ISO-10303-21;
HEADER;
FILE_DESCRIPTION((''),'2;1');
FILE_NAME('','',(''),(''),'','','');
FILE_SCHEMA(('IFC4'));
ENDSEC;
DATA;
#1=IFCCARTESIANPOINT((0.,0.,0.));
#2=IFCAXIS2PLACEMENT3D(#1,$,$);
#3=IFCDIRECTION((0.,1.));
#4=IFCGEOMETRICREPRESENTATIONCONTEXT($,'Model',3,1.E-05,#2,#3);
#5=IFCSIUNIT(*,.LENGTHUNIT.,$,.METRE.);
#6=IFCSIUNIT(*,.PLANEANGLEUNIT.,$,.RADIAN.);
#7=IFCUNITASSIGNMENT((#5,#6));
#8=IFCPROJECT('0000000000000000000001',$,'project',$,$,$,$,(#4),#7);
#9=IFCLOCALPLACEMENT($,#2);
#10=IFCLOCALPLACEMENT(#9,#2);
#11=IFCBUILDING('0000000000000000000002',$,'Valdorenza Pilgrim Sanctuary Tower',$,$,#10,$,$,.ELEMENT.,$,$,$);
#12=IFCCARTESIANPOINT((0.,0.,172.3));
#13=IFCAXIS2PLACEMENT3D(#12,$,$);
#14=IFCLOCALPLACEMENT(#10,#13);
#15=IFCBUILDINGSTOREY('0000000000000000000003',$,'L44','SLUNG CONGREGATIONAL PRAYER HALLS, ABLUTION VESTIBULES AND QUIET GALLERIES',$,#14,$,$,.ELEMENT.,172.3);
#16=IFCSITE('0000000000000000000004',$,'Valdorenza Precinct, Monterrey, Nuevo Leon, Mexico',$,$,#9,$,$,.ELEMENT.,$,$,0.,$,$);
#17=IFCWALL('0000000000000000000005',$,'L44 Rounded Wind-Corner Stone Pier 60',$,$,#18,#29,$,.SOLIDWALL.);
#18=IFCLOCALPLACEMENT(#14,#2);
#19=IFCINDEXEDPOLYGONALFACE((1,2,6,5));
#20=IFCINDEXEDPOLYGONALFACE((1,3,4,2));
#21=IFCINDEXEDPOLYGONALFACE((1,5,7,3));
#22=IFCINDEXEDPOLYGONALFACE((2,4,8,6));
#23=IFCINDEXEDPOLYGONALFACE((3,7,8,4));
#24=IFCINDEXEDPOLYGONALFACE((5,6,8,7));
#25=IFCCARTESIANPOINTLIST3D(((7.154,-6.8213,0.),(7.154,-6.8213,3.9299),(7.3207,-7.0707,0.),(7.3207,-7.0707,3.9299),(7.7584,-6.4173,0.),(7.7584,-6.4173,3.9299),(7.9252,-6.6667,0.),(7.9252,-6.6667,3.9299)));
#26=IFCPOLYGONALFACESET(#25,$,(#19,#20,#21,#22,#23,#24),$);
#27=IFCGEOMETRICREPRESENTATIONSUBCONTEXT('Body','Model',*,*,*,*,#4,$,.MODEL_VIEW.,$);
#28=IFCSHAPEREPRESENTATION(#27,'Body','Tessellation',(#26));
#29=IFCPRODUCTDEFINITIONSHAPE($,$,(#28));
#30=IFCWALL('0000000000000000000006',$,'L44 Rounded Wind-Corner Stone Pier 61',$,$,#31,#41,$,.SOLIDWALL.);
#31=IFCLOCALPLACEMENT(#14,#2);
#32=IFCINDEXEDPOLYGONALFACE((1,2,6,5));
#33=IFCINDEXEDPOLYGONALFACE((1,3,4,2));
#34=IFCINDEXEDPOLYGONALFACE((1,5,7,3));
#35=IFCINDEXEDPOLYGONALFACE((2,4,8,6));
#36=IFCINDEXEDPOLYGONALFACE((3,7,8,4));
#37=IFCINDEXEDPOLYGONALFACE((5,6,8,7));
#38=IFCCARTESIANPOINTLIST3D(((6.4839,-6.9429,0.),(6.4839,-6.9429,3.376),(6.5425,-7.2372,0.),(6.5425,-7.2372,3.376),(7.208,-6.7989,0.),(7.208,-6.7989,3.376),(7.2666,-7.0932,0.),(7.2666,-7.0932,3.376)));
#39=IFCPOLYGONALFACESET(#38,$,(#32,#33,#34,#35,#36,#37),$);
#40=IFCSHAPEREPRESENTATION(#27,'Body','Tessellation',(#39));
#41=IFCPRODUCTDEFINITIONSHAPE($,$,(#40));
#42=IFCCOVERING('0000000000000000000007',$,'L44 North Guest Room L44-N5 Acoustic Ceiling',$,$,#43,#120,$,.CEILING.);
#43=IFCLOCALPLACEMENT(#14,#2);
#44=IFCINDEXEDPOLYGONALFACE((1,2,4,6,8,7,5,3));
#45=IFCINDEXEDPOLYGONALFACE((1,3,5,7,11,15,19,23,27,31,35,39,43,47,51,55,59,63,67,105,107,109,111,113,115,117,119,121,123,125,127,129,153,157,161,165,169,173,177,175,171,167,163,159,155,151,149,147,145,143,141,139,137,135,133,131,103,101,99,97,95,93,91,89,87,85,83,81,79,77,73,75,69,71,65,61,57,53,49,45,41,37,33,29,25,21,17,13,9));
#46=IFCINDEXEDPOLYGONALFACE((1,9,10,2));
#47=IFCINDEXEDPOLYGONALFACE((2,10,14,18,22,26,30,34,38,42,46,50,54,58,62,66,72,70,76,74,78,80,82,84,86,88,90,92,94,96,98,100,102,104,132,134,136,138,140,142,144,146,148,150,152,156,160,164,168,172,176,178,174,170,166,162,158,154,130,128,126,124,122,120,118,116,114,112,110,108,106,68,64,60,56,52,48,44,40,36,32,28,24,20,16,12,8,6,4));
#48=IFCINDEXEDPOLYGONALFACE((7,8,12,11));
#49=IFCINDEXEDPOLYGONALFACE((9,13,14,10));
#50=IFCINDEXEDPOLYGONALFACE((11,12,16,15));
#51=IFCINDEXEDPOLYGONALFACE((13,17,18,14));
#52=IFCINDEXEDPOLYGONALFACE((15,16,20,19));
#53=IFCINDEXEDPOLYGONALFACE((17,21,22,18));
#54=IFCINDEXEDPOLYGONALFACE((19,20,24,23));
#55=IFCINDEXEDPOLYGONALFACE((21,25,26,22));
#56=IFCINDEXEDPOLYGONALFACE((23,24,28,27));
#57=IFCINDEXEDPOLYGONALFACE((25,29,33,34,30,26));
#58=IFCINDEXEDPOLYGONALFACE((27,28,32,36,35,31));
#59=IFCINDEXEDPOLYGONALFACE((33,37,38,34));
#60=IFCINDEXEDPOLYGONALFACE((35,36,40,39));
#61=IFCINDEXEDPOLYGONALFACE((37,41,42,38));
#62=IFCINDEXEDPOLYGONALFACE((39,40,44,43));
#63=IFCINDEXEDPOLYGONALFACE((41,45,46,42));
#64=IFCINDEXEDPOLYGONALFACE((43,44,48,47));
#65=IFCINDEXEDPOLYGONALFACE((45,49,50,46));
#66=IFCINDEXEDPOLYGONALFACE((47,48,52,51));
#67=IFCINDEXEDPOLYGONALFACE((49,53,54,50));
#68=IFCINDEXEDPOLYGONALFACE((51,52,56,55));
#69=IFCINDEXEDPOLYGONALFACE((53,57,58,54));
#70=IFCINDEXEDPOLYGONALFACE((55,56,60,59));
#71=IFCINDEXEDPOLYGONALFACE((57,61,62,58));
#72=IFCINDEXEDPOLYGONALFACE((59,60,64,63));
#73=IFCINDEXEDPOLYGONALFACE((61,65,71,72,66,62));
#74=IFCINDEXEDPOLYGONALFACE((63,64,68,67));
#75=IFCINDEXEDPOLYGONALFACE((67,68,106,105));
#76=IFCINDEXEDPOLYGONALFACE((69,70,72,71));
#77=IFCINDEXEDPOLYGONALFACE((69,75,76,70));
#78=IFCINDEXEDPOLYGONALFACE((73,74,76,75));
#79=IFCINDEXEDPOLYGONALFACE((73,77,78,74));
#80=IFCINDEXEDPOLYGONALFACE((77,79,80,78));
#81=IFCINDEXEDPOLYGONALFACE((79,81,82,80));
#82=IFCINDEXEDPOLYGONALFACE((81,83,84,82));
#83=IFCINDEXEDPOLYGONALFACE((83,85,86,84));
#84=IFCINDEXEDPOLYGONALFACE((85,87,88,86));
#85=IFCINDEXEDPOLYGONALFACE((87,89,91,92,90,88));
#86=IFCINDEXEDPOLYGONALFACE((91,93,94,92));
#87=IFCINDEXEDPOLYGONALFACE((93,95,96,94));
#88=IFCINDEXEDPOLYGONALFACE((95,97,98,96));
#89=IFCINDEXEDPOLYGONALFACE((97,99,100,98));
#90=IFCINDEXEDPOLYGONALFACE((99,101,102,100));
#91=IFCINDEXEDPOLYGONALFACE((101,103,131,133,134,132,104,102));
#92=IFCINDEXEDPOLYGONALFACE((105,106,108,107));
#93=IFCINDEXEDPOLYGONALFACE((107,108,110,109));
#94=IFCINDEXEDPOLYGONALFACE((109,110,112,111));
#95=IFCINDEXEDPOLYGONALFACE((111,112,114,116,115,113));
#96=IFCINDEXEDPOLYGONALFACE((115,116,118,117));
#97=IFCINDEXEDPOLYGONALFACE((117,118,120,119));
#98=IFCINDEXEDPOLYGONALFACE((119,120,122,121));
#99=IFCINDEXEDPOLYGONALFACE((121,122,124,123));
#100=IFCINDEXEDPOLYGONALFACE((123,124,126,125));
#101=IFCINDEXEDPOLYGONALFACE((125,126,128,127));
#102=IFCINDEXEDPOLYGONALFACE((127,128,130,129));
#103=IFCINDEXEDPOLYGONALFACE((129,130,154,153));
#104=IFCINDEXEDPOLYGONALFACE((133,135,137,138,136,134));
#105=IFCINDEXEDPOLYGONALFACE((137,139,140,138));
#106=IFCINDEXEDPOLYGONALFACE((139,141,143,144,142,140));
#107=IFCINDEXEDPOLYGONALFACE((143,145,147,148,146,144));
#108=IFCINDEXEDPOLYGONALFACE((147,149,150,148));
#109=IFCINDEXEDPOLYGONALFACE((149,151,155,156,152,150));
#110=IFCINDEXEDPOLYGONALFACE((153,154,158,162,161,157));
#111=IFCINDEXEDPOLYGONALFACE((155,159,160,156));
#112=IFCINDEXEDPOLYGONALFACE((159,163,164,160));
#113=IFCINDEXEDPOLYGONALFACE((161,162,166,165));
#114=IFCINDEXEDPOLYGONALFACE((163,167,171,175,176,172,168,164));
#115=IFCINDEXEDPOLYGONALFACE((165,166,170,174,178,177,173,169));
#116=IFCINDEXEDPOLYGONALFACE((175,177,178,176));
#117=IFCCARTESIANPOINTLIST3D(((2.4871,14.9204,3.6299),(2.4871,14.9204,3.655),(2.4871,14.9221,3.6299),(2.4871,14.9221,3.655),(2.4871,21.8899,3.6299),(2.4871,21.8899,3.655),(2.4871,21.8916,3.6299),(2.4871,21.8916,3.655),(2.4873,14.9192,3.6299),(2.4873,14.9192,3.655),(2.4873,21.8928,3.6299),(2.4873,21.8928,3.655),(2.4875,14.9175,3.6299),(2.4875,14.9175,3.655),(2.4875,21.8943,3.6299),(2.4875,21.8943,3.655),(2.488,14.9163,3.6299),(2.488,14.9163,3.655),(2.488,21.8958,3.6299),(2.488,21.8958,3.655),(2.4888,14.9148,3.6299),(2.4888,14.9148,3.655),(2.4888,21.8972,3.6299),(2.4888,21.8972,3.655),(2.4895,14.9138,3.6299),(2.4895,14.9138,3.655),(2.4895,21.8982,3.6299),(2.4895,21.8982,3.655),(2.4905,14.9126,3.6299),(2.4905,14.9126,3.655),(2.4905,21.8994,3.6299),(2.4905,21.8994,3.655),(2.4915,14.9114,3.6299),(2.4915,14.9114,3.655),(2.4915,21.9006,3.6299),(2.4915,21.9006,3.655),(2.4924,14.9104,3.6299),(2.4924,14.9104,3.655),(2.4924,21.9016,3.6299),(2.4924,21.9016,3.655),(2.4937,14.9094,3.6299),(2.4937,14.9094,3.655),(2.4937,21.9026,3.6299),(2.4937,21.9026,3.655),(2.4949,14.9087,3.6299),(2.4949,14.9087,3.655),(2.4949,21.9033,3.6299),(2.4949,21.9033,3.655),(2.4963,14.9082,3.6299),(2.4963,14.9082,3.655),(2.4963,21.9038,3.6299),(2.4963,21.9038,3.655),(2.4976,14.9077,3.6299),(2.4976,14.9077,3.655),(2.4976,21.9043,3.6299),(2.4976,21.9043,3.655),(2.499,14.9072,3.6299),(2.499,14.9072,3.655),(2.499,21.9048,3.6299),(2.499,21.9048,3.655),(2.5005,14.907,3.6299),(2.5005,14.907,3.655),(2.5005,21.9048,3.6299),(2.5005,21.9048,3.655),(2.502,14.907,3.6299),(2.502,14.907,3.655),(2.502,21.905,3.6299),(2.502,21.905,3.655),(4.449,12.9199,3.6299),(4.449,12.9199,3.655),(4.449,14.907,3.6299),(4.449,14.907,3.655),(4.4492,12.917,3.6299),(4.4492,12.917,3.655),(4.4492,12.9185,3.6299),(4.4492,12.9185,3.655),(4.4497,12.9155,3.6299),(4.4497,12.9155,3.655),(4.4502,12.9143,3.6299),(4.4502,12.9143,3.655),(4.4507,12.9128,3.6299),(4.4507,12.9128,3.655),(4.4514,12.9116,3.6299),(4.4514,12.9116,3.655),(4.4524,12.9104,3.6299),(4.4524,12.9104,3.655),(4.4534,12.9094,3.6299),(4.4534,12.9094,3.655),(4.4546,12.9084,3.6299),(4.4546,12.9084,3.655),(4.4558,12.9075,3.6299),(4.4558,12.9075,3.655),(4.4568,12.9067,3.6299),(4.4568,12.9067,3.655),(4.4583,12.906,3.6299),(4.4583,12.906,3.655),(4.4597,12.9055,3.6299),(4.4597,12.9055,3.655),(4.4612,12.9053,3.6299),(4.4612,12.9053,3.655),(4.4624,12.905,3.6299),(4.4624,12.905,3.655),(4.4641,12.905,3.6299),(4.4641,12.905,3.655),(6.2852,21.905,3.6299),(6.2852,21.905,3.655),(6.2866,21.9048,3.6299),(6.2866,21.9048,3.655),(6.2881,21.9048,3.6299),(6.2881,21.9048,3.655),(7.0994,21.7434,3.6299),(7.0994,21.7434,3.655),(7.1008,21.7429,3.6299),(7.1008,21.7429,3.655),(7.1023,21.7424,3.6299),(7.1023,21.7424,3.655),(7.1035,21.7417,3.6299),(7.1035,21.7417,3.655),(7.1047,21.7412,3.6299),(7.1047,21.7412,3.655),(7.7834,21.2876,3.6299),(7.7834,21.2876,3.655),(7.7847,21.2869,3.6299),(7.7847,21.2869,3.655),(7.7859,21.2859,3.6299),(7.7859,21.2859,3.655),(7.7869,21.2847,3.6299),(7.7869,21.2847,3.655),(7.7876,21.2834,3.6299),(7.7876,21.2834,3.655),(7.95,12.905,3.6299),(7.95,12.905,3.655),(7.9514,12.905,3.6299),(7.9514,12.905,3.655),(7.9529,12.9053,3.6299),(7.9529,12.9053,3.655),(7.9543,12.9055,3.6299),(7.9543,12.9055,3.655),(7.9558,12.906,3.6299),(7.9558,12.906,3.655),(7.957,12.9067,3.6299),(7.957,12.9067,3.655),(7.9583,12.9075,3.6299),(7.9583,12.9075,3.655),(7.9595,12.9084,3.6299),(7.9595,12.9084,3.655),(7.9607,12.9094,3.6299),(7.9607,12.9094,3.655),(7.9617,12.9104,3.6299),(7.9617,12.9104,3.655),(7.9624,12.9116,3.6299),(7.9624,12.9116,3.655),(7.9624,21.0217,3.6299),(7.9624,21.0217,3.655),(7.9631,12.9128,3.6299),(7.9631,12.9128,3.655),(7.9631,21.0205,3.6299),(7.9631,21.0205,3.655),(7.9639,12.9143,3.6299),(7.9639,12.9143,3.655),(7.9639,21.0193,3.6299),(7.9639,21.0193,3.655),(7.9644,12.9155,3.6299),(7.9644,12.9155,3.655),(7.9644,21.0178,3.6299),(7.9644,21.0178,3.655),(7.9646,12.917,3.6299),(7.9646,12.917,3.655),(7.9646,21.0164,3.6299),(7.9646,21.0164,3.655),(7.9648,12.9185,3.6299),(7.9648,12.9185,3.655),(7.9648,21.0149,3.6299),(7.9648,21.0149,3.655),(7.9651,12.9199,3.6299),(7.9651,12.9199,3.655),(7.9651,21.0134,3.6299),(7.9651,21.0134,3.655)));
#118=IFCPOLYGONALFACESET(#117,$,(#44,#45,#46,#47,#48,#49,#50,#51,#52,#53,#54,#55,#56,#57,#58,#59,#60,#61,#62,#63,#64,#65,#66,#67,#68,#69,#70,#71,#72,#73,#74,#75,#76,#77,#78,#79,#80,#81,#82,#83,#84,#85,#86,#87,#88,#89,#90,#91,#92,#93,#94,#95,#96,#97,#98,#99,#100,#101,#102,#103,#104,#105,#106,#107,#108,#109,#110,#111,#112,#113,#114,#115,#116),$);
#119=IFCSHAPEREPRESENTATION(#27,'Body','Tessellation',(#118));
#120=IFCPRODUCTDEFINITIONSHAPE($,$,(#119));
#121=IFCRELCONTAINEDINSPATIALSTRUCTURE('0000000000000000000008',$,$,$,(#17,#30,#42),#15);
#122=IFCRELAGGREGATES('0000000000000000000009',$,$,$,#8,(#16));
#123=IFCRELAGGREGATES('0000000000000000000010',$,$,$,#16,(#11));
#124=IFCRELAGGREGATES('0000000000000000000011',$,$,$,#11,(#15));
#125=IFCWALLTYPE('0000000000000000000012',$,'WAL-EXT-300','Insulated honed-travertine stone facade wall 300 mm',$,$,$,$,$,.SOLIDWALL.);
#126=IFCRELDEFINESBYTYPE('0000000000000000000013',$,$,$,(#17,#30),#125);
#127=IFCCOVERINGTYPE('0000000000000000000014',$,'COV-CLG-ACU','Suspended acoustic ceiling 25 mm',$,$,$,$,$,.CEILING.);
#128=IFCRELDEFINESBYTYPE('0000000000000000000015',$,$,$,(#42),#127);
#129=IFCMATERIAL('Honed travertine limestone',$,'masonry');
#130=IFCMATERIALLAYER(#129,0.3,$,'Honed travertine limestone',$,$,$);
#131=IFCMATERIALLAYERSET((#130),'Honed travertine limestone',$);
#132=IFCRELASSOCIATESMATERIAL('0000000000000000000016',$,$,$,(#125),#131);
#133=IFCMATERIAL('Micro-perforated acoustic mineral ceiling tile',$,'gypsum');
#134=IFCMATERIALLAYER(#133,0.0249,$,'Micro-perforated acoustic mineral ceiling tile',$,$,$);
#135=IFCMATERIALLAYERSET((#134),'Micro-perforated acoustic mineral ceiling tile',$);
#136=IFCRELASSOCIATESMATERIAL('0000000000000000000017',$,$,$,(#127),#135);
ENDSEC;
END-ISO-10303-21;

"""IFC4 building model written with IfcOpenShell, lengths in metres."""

from ifc_helpers import new_model, si_unit, direction, frame, frame_2d, origin, place, context, subcontext, project, spatial, polyline, rectangle, outline, extrude, material, layer, layer_set, type_object, element, save


model = new_model("IFC4")

# Units and contexts
model_context = context("Model", 3, precision=1e-05, world=origin(), true_north=direction((0.0, 1.0)))
body_context = subcontext(model_context, "Body", "Model", "MODEL_VIEW")
ifc_project = project(units=[si_unit("LENGTHUNIT", "METRE"), si_unit("PLANEANGLEUNIT", "RADIAN")], contexts=[model_context])

# Site, building, storey
site_placement = place(None, origin())
site = spatial("IfcSite", under=ifc_project, at=site_placement, Name="Valdorenza Precinct, Monterrey, Nuevo Leon, Mexico", CompositionType="ELEMENT", RefElevation=0.0)
building_placement = place(site_placement, origin())
building = spatial("IfcBuilding", under=site, at=building_placement, Name="Valdorenza Pilgrim Sanctuary Tower", CompositionType="ELEMENT")
storey_placement = place(building_placement, frame((0.0, 0.0, 172.3)))
storey = spatial("IfcBuildingStorey", under=building, at=storey_placement, Name="L44", Description="SLUNG CONGREGATIONAL PRAYER HALLS, ABLUTION VESTIBULES AND QUIET GALLERIES", CompositionType="ELEMENT", Elevation=172.3)

# Shared definitions
ifc_material_1 = material(Name="Honed travertine limestone", Category="masonry")

# Walls
ifc_layer_1 = layer(ifc_material_1, 0.3, Name="Honed travertine limestone")
ifc_layer_set_1 = layer_set([ifc_layer_1], Name="Honed travertine limestone")
wall_type = type_object("IfcWallType", Name="WAL-EXT-300", Description="Insulated honed-travertine stone facade wall 300 mm", PredefinedType="SOLIDWALL", material=ifc_layer_set_1)
wall_1_placement = place(storey_placement, frame((7.8418, -6.542, 0.0), z_axis=(0.0, 0.0, 1.0), x_axis=(-0.831378, -0.555707, 0.0)))
element("IfcWall", 1, at=wall_1_placement, inside=storey, type_object=wall_type, Name="L44 Rounded Wind-Corner Stone Pier 60", PredefinedType="SOLIDWALL", context=body_context, shape_type="SweptSolid", body=[
    extrude(rectangle(XDim=0.7271, YDim=0.3, at=frame_2d((0.3635, 0.0))), origin(), (0.0, 0.0, 1.0), 3.9299),
])
wall_2_placement = place(storey_placement, frame((7.2373, -6.946, 0.0), z_axis=(0.0, 0.0, 1.0), x_axis=(-0.980784, -0.195099, 0.0)))
element("IfcWall", 2, at=wall_2_placement, inside=storey, type_object=wall_type, Name="L44 Rounded Wind-Corner Stone Pier 61", PredefinedType="SOLIDWALL", context=body_context, shape_type="SweptSolid", body=[
    extrude(rectangle(XDim=0.7383, YDim=0.3, at=frame_2d((0.3691, 0.0))), origin(), (0.0, 0.0, 1.0), 3.376),
])

# Covering
ifc_material_2 = material(Name="Micro-perforated acoustic mineral ceiling tile", Category="gypsum")
ifc_layer_2 = layer(ifc_material_2, 0.0249, Name="Micro-perforated acoustic mineral ceiling tile")
ifc_layer_set_2 = layer_set([ifc_layer_2], Name="Micro-perforated acoustic mineral ceiling tile")
covering_type_1 = type_object("IfcCoveringType", Name="COV-CLG-ACU", Description="Suspended acoustic ceiling 25 mm", PredefinedType="CEILING", material=ifc_layer_set_2)
covering_1_placement = place(storey_placement, frame((0.0, 0.0, 3.6299)))
element("IfcCovering", 3, at=covering_1_placement, inside=storey, type_object=covering_type_1, Name="L44 North Guest Room L44-N5 Acoustic Ceiling", PredefinedType="CEILING", context=body_context, shape_type="SweptSolid", body=[
    extrude(outline(polyline([(4.449, 14.907), (2.502, 14.907), (2.5005, 14.907), (2.499, 14.9072), (2.4976, 14.9077), (2.4963, 14.9082), (2.4949, 14.9087), (2.4937, 14.9094), (2.4924, 14.9104), (2.4915, 14.9114), (2.4905, 14.9126), (2.4895, 14.9138), (2.4888, 14.9148), (2.488, 14.9163), (2.4875, 14.9175), (2.4873, 14.9192), (2.4871, 14.9204), (2.4871, 14.9221), (2.4871, 21.8899), (2.4871, 21.8916), (2.4873, 21.8928), (2.4875, 21.8943), (2.488, 21.8958), (2.4888, 21.8972), (2.4895, 21.8982), (2.4905, 21.8994), (2.4915, 21.9006), (2.4924, 21.9016), (2.4937, 21.9026), (2.4949, 21.9033), (2.4963, 21.9038), (2.4976, 21.9043), (2.499, 21.9048), (2.5005, 21.9048), (2.502, 21.905), (6.2852, 21.905), (6.2866, 21.9048), (6.2881, 21.9048), (7.0994, 21.7434), (7.1008, 21.7429), (7.1023, 21.7424), (7.1035, 21.7417), (7.1047, 21.7412), (7.7834, 21.2876), (7.7847, 21.2869), (7.7859, 21.2859), (7.7869, 21.2847), (7.7876, 21.2834), (7.9624, 21.0217), (7.9631, 21.0205), (7.9639, 21.0193), (7.9644, 21.0178), (7.9646, 21.0164), (7.9648, 21.0149), (7.9651, 21.0134), (7.9651, 12.9199), (7.9648, 12.9185), (7.9646, 12.917), (7.9644, 12.9155), (7.9639, 12.9143), (7.9631, 12.9128), (7.9624, 12.9116), (7.9617, 12.9104), (7.9607, 12.9094), (7.9595, 12.9084), (7.9583, 12.9075), (7.957, 12.9067), (7.9558, 12.906), (7.9543, 12.9055), (7.9529, 12.9053), (7.9514, 12.905), (7.95, 12.905), (4.4641, 12.905), (4.4624, 12.905), (4.4612, 12.9053), (4.4597, 12.9055), (4.4583, 12.906), (4.4568, 12.9067), (4.4558, 12.9075), (4.4546, 12.9084), (4.4534, 12.9094), (4.4524, 12.9104), (4.4514, 12.9116), (4.4507, 12.9128), (4.4502, 12.9143), (4.4497, 12.9155), (4.4492, 12.917), (4.4492, 12.9185), (4.449, 12.9199), (4.449, 14.907)])), origin(), (0.0, 0.0, 1.0), 0.0251),
])

save(model, "model.ifc")
